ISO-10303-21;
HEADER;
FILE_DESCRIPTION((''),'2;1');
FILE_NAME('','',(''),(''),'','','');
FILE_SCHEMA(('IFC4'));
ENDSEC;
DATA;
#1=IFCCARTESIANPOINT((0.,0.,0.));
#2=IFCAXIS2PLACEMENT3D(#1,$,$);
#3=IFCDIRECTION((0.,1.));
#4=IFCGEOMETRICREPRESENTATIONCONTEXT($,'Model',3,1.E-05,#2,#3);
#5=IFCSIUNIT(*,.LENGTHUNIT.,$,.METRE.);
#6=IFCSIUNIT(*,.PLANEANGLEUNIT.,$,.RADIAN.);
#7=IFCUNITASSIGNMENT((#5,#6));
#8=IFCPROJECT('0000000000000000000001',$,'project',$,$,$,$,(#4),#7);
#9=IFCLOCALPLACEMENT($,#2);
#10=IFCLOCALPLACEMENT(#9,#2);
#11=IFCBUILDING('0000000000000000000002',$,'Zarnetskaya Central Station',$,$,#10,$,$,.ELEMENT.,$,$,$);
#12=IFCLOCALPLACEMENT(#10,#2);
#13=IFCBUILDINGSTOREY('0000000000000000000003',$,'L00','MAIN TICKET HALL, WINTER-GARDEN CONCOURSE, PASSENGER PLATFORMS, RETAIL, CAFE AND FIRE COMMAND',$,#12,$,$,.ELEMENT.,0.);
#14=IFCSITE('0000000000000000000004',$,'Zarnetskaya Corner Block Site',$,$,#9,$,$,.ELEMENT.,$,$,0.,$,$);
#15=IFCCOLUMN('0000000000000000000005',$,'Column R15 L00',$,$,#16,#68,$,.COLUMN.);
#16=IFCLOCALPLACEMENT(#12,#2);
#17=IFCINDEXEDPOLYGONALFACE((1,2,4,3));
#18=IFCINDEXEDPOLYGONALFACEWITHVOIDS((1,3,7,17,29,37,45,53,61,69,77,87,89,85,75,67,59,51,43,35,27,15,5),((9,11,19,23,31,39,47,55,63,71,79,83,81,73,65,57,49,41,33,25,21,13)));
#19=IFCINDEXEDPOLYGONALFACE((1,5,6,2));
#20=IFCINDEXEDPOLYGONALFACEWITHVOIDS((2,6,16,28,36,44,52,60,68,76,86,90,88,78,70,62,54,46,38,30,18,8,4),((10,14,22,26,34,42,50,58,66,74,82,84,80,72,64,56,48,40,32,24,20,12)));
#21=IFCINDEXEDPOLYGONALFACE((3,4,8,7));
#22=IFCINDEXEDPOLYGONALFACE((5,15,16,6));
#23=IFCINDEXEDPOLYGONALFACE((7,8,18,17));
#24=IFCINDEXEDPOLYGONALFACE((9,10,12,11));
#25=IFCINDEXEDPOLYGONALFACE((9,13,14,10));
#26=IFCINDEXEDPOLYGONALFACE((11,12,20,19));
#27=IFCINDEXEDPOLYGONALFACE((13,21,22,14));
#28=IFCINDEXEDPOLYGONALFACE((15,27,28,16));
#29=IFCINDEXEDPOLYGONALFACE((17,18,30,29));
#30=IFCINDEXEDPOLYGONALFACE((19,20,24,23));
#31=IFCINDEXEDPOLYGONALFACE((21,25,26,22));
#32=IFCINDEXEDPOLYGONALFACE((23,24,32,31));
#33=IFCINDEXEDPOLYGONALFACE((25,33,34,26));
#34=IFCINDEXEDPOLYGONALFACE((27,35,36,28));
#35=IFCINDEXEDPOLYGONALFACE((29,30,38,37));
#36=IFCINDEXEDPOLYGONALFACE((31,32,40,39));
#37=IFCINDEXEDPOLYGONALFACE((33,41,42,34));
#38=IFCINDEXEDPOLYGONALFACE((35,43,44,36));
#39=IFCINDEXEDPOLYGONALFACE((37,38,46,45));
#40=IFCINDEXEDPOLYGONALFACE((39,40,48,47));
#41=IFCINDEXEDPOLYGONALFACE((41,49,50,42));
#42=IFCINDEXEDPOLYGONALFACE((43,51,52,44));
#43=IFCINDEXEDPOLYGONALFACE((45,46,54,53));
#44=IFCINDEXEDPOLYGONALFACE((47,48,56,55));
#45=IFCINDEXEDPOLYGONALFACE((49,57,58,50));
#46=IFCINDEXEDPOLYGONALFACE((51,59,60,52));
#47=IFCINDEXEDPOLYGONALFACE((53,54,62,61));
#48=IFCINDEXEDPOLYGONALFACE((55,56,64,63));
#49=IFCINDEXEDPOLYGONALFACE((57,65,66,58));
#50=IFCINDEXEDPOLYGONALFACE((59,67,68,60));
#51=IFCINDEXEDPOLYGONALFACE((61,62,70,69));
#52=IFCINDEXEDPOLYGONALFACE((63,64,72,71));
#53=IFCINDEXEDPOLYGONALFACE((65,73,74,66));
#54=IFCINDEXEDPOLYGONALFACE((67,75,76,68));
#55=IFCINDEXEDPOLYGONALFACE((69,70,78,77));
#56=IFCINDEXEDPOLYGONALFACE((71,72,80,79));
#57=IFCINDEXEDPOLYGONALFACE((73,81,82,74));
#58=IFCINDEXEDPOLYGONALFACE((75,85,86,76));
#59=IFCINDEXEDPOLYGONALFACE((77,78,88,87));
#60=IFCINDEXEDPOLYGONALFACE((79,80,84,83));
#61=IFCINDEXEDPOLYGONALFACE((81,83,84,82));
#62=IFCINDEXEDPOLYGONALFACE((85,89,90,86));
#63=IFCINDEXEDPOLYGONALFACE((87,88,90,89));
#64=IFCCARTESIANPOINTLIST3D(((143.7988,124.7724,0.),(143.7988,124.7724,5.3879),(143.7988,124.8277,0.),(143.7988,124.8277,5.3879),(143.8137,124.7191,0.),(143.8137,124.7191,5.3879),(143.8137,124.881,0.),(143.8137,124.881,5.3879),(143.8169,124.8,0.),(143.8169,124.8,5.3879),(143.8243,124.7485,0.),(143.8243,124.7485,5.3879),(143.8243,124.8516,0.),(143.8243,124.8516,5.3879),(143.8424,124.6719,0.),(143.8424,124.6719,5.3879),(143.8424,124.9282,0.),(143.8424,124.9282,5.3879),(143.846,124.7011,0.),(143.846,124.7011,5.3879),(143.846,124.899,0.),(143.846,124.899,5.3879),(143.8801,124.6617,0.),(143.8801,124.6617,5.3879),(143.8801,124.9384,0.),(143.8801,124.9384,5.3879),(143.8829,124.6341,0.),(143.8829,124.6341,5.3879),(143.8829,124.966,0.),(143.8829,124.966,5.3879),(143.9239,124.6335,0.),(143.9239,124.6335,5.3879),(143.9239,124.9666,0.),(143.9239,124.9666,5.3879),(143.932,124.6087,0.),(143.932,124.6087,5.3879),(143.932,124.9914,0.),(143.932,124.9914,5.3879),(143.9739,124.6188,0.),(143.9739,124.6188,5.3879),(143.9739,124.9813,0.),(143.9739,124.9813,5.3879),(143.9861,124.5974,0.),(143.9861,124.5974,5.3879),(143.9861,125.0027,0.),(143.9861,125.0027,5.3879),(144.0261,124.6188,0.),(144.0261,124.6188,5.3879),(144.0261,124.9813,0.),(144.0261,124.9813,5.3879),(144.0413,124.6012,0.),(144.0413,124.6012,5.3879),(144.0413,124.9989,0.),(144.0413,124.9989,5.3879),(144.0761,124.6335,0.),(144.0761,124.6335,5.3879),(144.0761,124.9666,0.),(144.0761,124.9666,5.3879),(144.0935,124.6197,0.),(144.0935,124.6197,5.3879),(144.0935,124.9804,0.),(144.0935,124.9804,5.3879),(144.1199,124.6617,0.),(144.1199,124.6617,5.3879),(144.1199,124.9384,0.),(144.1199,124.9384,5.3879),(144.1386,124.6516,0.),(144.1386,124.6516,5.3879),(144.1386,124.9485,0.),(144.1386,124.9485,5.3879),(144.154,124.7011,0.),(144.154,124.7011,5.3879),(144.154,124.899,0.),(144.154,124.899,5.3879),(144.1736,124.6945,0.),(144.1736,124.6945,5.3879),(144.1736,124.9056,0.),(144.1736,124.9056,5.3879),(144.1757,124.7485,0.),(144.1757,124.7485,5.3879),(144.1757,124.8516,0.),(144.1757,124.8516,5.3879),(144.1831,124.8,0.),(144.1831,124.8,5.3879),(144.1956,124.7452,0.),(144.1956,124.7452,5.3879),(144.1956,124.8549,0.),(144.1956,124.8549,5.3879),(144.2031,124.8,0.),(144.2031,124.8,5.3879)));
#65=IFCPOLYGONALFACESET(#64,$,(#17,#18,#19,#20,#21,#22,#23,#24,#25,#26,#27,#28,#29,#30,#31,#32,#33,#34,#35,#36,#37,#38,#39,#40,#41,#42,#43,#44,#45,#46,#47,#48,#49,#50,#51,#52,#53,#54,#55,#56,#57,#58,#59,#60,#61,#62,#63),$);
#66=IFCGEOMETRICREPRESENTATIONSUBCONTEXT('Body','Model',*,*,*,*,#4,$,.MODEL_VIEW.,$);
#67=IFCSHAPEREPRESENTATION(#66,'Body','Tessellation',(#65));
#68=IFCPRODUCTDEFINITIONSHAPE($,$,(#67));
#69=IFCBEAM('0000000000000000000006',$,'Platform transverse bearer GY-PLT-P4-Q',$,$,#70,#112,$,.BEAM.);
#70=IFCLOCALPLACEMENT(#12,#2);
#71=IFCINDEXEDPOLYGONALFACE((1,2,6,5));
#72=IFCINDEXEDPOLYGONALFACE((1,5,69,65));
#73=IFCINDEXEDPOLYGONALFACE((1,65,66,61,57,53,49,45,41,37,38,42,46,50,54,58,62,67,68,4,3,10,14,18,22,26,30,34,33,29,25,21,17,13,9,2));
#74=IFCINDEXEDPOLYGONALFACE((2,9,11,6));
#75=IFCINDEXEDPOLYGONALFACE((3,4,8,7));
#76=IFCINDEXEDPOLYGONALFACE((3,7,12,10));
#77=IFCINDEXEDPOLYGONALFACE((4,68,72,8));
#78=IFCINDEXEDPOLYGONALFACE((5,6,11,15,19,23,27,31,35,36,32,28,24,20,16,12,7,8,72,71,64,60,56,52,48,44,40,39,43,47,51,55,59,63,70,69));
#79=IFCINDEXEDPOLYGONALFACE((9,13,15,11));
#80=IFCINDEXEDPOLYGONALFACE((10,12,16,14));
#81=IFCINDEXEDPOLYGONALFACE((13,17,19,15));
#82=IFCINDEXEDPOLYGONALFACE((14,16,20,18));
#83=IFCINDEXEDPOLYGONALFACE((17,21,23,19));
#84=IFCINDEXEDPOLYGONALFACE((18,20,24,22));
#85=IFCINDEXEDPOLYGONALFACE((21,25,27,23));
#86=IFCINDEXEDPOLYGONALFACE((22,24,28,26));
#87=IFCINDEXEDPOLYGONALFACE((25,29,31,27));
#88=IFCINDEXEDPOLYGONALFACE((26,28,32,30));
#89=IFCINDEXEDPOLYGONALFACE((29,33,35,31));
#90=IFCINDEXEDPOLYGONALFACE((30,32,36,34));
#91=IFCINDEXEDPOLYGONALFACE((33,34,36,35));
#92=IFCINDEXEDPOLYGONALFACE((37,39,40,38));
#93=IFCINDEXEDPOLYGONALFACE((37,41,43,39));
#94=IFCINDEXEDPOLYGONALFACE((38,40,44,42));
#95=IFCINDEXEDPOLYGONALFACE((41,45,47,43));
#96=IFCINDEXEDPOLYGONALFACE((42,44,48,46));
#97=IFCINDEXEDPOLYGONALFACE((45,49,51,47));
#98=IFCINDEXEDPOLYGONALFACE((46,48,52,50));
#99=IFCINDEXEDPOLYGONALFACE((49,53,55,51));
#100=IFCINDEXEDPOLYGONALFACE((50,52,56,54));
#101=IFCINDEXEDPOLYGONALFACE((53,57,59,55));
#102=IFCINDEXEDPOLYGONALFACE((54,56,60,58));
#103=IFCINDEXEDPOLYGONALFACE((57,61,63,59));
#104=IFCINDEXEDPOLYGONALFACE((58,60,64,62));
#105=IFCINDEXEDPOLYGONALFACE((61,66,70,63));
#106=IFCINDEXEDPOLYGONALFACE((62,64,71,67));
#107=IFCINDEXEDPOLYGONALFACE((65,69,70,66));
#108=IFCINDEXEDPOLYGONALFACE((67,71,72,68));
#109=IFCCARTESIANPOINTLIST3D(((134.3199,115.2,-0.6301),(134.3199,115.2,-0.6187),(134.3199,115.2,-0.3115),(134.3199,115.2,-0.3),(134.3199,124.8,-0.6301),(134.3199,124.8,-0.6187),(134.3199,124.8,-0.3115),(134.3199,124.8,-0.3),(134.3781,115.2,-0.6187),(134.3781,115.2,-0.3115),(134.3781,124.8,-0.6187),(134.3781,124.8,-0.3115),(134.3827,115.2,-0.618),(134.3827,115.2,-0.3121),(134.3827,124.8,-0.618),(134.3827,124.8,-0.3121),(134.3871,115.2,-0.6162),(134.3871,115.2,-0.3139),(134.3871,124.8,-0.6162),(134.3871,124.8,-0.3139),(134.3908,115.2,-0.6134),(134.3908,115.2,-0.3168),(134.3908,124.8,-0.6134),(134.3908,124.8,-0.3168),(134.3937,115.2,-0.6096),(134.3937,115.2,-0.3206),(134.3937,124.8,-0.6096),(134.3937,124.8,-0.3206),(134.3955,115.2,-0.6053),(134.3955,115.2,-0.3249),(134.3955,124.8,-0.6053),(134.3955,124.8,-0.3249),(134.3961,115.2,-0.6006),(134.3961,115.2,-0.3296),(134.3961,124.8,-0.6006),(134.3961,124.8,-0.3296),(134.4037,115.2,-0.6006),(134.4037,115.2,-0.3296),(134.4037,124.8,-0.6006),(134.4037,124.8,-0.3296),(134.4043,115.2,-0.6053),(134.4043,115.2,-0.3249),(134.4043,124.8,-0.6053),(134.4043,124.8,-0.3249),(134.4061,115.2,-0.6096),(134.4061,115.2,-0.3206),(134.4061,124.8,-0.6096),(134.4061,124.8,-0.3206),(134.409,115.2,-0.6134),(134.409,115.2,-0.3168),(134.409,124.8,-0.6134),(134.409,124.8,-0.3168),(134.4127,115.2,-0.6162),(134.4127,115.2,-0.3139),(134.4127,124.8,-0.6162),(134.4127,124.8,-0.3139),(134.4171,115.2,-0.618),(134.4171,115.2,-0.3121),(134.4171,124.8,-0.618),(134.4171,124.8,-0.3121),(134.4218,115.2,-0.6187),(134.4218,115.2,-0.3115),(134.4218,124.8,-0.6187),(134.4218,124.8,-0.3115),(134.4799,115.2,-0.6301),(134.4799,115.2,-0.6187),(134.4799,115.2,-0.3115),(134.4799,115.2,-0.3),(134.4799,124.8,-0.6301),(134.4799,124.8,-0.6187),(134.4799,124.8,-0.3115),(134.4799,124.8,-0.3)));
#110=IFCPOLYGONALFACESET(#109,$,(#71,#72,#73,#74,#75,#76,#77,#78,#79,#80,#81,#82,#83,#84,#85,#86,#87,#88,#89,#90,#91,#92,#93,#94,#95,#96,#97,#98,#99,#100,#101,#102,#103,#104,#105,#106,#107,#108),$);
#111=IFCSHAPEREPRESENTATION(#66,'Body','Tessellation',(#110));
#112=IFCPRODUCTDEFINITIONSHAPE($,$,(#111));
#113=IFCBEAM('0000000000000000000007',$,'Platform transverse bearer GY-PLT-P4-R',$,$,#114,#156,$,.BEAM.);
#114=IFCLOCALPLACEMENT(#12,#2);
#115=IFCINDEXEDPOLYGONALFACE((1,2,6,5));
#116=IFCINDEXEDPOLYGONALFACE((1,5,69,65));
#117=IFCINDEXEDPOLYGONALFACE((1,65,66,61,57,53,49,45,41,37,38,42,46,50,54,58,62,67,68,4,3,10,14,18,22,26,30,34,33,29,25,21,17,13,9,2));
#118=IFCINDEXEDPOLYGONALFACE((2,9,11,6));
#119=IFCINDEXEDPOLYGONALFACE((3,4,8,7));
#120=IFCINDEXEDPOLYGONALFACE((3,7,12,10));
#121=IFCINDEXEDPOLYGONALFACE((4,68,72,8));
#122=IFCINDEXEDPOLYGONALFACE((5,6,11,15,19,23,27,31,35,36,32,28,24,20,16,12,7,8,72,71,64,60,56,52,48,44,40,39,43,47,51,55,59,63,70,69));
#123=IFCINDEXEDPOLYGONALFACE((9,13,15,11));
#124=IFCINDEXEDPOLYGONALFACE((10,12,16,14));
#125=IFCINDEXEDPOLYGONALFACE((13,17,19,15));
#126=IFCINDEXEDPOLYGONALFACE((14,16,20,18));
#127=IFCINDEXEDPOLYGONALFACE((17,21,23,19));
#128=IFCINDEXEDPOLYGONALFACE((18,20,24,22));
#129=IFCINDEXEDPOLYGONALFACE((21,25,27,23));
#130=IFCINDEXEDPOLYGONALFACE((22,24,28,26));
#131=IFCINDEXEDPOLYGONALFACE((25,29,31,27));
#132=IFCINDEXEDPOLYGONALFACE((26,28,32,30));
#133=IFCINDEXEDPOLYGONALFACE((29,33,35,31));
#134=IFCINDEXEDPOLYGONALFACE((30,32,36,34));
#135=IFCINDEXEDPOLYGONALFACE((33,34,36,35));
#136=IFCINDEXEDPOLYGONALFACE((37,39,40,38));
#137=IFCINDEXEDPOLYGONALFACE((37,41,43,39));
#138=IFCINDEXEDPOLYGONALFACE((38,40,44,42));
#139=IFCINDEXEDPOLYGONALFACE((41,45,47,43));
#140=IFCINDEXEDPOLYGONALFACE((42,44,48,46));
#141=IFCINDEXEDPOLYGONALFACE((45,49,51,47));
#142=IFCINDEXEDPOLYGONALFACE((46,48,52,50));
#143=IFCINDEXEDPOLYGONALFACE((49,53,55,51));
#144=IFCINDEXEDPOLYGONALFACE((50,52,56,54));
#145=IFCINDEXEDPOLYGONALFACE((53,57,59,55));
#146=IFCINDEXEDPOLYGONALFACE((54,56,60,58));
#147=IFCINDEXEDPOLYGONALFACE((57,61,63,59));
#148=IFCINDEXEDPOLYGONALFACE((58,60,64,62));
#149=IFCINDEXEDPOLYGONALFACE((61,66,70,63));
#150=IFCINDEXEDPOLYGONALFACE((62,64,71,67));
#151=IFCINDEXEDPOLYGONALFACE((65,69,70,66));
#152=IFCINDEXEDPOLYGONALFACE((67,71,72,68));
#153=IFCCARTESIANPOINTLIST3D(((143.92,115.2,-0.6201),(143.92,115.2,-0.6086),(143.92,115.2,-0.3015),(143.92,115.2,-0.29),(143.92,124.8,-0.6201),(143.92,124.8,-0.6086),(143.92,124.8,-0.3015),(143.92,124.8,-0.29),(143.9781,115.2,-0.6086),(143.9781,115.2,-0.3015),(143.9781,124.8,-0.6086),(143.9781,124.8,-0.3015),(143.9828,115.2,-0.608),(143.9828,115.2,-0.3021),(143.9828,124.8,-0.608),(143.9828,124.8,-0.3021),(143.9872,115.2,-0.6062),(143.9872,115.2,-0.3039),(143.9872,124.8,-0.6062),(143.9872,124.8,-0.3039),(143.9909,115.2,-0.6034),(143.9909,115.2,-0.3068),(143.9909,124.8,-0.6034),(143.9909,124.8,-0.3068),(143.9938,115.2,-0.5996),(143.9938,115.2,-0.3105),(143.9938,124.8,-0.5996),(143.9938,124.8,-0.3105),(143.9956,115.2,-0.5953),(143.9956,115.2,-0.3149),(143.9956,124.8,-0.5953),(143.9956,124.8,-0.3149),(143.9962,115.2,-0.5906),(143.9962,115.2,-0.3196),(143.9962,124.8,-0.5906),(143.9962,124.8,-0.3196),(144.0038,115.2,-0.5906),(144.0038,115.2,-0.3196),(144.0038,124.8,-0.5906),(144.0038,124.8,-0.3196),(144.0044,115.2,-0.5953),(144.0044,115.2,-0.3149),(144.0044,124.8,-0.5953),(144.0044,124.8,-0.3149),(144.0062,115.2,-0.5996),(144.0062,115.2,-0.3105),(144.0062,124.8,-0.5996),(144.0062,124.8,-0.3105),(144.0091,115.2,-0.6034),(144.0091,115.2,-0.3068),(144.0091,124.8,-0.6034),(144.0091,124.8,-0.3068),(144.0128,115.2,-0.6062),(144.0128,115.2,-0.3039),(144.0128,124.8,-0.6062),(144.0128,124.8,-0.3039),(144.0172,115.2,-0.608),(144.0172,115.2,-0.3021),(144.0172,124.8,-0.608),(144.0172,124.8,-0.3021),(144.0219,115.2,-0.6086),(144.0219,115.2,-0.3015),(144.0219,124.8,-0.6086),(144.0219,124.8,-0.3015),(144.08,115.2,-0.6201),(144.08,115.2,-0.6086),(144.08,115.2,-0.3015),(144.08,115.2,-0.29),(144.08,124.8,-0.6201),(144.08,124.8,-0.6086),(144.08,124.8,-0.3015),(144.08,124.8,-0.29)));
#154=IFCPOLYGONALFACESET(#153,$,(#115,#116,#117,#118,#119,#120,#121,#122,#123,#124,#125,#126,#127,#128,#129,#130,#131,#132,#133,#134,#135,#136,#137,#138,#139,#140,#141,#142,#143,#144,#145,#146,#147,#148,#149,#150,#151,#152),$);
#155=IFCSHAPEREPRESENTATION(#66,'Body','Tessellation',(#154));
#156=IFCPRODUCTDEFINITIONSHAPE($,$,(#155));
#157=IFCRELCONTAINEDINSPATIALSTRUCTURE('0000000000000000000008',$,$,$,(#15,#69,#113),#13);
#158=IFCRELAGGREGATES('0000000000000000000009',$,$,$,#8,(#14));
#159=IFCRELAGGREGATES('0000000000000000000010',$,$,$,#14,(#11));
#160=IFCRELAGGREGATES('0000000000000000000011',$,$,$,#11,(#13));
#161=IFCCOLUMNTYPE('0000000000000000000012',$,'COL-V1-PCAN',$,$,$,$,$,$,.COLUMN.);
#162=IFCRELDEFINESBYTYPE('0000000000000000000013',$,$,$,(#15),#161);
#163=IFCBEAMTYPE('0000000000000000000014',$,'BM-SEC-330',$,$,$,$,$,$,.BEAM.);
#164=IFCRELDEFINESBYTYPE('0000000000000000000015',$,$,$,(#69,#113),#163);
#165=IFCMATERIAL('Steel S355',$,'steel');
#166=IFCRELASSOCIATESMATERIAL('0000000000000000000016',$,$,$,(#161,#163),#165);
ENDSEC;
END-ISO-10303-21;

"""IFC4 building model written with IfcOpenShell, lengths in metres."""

from ifc_helpers import new_model, si_unit, direction, frame, origin, origin_2d, place, context, subcontext, project, spatial, hollow_circle, i_section, extrude, material, material_profile, profile_set, type_object, element, save


model = new_model("IFC4")

# Units and contexts
model_context = context("Model", 3, precision=1e-05, world=origin(), true_north=direction((0.0, 1.0)))
body_context = subcontext(model_context, "Body", "Model", "MODEL_VIEW")
ifc_project = project(units=[si_unit("LENGTHUNIT", "METRE"), si_unit("PLANEANGLEUNIT", "RADIAN")], contexts=[model_context])

# Site, building, storey
site_placement = place(None, origin())
site = spatial("IfcSite", under=ifc_project, at=site_placement, Name="Zarnetskaya Corner Block Site", CompositionType="ELEMENT", RefElevation=0.0)
building_placement = place(site_placement, origin())
building = spatial("IfcBuilding", under=site, at=building_placement, Name="Zarnetskaya Central Station", CompositionType="ELEMENT")
storey_placement = place(building_placement, origin())
storey = spatial("IfcBuildingStorey", under=building, at=storey_placement, Name="L00", Description="MAIN TICKET HALL, WINTER-GARDEN CONCOURSE, PASSENGER PLATFORMS, RETAIL, CAFE AND FIRE COMMAND", CompositionType="ELEMENT", Elevation=0.0)

# Column
ifc_material = material(Name="Steel S355", Category="steel")
ifc_material_profile_1 = material_profile(ifc_material, hollow_circle(Radius=0.2031, WallThickness=0.02, at=origin_2d()), Name="CHS 406.4x20")
ifc_profile_set_1 = profile_set([ifc_material_profile_1], Name="Steel S355")
column_type = type_object("IfcColumnType", Name="COL-V1-PCAN", PredefinedType="COLUMN", material=ifc_profile_set_1)
for number, where, z_axis, x_axis, name in (
    (1, (144.0, 124.8, 0.0), (0.0, 0.0, 1.0), (1.0, 0.0, 0.0), "Column R15 L00"),
):
    element("IfcColumn", number, at=place(storey_placement, frame(where, z_axis=z_axis, x_axis=x_axis)), inside=storey, type_object=column_type, Name=name, PredefinedType="COLUMN", context=body_context, shape_type="SweptSolid", body=[
        extrude(hollow_circle(Radius=0.2031, WallThickness=0.02, at=origin_2d()), origin(), (0.0, 0.0, 1.0), 5.3879),
    ])

# Beams
ifc_material_profile_2 = material_profile(ifc_material, i_section(OverallWidth=0.1599, OverallDepth=0.3301, WebThickness=0.0076, FlangeThickness=0.0115, FilletRadius=0.0181, at=origin_2d()), Name="IPE 330")
ifc_profile_set_2 = profile_set([ifc_material_profile_2], Name="Steel S355")
beam_type_1 = type_object("IfcBeamType", Name="BM-SEC-330", PredefinedType="BEAM", material=ifc_profile_set_2)
for number, where, z_axis, x_axis, name in (
    (2, (134.3999, 115.2, -0.4651), (0.0, 1.0, 0.0), (-1.0, 0.0, 0.0), "Platform transverse bearer GY-PLT-P4-Q"),
    (3, (144.0, 115.2, -0.4551), (0.0, 1.0, 0.0), (-1.0, 0.0, 0.0), "Platform transverse bearer GY-PLT-P4-R"),
):
    element("IfcBeam", number, at=place(storey_placement, frame(where, z_axis=z_axis, x_axis=x_axis)), inside=storey, type_object=beam_type_1, Name=name, PredefinedType="BEAM", context=body_context, shape_type="SweptSolid", body=[
        extrude(i_section(OverallWidth=0.1599, OverallDepth=0.3301, WebThickness=0.0076, FlangeThickness=0.0115, FilletRadius=0.0181, at=origin_2d()), origin(), (0.0, 0.0, 1.0), 9.6001),
    ])

save(model, "model.ifc")
